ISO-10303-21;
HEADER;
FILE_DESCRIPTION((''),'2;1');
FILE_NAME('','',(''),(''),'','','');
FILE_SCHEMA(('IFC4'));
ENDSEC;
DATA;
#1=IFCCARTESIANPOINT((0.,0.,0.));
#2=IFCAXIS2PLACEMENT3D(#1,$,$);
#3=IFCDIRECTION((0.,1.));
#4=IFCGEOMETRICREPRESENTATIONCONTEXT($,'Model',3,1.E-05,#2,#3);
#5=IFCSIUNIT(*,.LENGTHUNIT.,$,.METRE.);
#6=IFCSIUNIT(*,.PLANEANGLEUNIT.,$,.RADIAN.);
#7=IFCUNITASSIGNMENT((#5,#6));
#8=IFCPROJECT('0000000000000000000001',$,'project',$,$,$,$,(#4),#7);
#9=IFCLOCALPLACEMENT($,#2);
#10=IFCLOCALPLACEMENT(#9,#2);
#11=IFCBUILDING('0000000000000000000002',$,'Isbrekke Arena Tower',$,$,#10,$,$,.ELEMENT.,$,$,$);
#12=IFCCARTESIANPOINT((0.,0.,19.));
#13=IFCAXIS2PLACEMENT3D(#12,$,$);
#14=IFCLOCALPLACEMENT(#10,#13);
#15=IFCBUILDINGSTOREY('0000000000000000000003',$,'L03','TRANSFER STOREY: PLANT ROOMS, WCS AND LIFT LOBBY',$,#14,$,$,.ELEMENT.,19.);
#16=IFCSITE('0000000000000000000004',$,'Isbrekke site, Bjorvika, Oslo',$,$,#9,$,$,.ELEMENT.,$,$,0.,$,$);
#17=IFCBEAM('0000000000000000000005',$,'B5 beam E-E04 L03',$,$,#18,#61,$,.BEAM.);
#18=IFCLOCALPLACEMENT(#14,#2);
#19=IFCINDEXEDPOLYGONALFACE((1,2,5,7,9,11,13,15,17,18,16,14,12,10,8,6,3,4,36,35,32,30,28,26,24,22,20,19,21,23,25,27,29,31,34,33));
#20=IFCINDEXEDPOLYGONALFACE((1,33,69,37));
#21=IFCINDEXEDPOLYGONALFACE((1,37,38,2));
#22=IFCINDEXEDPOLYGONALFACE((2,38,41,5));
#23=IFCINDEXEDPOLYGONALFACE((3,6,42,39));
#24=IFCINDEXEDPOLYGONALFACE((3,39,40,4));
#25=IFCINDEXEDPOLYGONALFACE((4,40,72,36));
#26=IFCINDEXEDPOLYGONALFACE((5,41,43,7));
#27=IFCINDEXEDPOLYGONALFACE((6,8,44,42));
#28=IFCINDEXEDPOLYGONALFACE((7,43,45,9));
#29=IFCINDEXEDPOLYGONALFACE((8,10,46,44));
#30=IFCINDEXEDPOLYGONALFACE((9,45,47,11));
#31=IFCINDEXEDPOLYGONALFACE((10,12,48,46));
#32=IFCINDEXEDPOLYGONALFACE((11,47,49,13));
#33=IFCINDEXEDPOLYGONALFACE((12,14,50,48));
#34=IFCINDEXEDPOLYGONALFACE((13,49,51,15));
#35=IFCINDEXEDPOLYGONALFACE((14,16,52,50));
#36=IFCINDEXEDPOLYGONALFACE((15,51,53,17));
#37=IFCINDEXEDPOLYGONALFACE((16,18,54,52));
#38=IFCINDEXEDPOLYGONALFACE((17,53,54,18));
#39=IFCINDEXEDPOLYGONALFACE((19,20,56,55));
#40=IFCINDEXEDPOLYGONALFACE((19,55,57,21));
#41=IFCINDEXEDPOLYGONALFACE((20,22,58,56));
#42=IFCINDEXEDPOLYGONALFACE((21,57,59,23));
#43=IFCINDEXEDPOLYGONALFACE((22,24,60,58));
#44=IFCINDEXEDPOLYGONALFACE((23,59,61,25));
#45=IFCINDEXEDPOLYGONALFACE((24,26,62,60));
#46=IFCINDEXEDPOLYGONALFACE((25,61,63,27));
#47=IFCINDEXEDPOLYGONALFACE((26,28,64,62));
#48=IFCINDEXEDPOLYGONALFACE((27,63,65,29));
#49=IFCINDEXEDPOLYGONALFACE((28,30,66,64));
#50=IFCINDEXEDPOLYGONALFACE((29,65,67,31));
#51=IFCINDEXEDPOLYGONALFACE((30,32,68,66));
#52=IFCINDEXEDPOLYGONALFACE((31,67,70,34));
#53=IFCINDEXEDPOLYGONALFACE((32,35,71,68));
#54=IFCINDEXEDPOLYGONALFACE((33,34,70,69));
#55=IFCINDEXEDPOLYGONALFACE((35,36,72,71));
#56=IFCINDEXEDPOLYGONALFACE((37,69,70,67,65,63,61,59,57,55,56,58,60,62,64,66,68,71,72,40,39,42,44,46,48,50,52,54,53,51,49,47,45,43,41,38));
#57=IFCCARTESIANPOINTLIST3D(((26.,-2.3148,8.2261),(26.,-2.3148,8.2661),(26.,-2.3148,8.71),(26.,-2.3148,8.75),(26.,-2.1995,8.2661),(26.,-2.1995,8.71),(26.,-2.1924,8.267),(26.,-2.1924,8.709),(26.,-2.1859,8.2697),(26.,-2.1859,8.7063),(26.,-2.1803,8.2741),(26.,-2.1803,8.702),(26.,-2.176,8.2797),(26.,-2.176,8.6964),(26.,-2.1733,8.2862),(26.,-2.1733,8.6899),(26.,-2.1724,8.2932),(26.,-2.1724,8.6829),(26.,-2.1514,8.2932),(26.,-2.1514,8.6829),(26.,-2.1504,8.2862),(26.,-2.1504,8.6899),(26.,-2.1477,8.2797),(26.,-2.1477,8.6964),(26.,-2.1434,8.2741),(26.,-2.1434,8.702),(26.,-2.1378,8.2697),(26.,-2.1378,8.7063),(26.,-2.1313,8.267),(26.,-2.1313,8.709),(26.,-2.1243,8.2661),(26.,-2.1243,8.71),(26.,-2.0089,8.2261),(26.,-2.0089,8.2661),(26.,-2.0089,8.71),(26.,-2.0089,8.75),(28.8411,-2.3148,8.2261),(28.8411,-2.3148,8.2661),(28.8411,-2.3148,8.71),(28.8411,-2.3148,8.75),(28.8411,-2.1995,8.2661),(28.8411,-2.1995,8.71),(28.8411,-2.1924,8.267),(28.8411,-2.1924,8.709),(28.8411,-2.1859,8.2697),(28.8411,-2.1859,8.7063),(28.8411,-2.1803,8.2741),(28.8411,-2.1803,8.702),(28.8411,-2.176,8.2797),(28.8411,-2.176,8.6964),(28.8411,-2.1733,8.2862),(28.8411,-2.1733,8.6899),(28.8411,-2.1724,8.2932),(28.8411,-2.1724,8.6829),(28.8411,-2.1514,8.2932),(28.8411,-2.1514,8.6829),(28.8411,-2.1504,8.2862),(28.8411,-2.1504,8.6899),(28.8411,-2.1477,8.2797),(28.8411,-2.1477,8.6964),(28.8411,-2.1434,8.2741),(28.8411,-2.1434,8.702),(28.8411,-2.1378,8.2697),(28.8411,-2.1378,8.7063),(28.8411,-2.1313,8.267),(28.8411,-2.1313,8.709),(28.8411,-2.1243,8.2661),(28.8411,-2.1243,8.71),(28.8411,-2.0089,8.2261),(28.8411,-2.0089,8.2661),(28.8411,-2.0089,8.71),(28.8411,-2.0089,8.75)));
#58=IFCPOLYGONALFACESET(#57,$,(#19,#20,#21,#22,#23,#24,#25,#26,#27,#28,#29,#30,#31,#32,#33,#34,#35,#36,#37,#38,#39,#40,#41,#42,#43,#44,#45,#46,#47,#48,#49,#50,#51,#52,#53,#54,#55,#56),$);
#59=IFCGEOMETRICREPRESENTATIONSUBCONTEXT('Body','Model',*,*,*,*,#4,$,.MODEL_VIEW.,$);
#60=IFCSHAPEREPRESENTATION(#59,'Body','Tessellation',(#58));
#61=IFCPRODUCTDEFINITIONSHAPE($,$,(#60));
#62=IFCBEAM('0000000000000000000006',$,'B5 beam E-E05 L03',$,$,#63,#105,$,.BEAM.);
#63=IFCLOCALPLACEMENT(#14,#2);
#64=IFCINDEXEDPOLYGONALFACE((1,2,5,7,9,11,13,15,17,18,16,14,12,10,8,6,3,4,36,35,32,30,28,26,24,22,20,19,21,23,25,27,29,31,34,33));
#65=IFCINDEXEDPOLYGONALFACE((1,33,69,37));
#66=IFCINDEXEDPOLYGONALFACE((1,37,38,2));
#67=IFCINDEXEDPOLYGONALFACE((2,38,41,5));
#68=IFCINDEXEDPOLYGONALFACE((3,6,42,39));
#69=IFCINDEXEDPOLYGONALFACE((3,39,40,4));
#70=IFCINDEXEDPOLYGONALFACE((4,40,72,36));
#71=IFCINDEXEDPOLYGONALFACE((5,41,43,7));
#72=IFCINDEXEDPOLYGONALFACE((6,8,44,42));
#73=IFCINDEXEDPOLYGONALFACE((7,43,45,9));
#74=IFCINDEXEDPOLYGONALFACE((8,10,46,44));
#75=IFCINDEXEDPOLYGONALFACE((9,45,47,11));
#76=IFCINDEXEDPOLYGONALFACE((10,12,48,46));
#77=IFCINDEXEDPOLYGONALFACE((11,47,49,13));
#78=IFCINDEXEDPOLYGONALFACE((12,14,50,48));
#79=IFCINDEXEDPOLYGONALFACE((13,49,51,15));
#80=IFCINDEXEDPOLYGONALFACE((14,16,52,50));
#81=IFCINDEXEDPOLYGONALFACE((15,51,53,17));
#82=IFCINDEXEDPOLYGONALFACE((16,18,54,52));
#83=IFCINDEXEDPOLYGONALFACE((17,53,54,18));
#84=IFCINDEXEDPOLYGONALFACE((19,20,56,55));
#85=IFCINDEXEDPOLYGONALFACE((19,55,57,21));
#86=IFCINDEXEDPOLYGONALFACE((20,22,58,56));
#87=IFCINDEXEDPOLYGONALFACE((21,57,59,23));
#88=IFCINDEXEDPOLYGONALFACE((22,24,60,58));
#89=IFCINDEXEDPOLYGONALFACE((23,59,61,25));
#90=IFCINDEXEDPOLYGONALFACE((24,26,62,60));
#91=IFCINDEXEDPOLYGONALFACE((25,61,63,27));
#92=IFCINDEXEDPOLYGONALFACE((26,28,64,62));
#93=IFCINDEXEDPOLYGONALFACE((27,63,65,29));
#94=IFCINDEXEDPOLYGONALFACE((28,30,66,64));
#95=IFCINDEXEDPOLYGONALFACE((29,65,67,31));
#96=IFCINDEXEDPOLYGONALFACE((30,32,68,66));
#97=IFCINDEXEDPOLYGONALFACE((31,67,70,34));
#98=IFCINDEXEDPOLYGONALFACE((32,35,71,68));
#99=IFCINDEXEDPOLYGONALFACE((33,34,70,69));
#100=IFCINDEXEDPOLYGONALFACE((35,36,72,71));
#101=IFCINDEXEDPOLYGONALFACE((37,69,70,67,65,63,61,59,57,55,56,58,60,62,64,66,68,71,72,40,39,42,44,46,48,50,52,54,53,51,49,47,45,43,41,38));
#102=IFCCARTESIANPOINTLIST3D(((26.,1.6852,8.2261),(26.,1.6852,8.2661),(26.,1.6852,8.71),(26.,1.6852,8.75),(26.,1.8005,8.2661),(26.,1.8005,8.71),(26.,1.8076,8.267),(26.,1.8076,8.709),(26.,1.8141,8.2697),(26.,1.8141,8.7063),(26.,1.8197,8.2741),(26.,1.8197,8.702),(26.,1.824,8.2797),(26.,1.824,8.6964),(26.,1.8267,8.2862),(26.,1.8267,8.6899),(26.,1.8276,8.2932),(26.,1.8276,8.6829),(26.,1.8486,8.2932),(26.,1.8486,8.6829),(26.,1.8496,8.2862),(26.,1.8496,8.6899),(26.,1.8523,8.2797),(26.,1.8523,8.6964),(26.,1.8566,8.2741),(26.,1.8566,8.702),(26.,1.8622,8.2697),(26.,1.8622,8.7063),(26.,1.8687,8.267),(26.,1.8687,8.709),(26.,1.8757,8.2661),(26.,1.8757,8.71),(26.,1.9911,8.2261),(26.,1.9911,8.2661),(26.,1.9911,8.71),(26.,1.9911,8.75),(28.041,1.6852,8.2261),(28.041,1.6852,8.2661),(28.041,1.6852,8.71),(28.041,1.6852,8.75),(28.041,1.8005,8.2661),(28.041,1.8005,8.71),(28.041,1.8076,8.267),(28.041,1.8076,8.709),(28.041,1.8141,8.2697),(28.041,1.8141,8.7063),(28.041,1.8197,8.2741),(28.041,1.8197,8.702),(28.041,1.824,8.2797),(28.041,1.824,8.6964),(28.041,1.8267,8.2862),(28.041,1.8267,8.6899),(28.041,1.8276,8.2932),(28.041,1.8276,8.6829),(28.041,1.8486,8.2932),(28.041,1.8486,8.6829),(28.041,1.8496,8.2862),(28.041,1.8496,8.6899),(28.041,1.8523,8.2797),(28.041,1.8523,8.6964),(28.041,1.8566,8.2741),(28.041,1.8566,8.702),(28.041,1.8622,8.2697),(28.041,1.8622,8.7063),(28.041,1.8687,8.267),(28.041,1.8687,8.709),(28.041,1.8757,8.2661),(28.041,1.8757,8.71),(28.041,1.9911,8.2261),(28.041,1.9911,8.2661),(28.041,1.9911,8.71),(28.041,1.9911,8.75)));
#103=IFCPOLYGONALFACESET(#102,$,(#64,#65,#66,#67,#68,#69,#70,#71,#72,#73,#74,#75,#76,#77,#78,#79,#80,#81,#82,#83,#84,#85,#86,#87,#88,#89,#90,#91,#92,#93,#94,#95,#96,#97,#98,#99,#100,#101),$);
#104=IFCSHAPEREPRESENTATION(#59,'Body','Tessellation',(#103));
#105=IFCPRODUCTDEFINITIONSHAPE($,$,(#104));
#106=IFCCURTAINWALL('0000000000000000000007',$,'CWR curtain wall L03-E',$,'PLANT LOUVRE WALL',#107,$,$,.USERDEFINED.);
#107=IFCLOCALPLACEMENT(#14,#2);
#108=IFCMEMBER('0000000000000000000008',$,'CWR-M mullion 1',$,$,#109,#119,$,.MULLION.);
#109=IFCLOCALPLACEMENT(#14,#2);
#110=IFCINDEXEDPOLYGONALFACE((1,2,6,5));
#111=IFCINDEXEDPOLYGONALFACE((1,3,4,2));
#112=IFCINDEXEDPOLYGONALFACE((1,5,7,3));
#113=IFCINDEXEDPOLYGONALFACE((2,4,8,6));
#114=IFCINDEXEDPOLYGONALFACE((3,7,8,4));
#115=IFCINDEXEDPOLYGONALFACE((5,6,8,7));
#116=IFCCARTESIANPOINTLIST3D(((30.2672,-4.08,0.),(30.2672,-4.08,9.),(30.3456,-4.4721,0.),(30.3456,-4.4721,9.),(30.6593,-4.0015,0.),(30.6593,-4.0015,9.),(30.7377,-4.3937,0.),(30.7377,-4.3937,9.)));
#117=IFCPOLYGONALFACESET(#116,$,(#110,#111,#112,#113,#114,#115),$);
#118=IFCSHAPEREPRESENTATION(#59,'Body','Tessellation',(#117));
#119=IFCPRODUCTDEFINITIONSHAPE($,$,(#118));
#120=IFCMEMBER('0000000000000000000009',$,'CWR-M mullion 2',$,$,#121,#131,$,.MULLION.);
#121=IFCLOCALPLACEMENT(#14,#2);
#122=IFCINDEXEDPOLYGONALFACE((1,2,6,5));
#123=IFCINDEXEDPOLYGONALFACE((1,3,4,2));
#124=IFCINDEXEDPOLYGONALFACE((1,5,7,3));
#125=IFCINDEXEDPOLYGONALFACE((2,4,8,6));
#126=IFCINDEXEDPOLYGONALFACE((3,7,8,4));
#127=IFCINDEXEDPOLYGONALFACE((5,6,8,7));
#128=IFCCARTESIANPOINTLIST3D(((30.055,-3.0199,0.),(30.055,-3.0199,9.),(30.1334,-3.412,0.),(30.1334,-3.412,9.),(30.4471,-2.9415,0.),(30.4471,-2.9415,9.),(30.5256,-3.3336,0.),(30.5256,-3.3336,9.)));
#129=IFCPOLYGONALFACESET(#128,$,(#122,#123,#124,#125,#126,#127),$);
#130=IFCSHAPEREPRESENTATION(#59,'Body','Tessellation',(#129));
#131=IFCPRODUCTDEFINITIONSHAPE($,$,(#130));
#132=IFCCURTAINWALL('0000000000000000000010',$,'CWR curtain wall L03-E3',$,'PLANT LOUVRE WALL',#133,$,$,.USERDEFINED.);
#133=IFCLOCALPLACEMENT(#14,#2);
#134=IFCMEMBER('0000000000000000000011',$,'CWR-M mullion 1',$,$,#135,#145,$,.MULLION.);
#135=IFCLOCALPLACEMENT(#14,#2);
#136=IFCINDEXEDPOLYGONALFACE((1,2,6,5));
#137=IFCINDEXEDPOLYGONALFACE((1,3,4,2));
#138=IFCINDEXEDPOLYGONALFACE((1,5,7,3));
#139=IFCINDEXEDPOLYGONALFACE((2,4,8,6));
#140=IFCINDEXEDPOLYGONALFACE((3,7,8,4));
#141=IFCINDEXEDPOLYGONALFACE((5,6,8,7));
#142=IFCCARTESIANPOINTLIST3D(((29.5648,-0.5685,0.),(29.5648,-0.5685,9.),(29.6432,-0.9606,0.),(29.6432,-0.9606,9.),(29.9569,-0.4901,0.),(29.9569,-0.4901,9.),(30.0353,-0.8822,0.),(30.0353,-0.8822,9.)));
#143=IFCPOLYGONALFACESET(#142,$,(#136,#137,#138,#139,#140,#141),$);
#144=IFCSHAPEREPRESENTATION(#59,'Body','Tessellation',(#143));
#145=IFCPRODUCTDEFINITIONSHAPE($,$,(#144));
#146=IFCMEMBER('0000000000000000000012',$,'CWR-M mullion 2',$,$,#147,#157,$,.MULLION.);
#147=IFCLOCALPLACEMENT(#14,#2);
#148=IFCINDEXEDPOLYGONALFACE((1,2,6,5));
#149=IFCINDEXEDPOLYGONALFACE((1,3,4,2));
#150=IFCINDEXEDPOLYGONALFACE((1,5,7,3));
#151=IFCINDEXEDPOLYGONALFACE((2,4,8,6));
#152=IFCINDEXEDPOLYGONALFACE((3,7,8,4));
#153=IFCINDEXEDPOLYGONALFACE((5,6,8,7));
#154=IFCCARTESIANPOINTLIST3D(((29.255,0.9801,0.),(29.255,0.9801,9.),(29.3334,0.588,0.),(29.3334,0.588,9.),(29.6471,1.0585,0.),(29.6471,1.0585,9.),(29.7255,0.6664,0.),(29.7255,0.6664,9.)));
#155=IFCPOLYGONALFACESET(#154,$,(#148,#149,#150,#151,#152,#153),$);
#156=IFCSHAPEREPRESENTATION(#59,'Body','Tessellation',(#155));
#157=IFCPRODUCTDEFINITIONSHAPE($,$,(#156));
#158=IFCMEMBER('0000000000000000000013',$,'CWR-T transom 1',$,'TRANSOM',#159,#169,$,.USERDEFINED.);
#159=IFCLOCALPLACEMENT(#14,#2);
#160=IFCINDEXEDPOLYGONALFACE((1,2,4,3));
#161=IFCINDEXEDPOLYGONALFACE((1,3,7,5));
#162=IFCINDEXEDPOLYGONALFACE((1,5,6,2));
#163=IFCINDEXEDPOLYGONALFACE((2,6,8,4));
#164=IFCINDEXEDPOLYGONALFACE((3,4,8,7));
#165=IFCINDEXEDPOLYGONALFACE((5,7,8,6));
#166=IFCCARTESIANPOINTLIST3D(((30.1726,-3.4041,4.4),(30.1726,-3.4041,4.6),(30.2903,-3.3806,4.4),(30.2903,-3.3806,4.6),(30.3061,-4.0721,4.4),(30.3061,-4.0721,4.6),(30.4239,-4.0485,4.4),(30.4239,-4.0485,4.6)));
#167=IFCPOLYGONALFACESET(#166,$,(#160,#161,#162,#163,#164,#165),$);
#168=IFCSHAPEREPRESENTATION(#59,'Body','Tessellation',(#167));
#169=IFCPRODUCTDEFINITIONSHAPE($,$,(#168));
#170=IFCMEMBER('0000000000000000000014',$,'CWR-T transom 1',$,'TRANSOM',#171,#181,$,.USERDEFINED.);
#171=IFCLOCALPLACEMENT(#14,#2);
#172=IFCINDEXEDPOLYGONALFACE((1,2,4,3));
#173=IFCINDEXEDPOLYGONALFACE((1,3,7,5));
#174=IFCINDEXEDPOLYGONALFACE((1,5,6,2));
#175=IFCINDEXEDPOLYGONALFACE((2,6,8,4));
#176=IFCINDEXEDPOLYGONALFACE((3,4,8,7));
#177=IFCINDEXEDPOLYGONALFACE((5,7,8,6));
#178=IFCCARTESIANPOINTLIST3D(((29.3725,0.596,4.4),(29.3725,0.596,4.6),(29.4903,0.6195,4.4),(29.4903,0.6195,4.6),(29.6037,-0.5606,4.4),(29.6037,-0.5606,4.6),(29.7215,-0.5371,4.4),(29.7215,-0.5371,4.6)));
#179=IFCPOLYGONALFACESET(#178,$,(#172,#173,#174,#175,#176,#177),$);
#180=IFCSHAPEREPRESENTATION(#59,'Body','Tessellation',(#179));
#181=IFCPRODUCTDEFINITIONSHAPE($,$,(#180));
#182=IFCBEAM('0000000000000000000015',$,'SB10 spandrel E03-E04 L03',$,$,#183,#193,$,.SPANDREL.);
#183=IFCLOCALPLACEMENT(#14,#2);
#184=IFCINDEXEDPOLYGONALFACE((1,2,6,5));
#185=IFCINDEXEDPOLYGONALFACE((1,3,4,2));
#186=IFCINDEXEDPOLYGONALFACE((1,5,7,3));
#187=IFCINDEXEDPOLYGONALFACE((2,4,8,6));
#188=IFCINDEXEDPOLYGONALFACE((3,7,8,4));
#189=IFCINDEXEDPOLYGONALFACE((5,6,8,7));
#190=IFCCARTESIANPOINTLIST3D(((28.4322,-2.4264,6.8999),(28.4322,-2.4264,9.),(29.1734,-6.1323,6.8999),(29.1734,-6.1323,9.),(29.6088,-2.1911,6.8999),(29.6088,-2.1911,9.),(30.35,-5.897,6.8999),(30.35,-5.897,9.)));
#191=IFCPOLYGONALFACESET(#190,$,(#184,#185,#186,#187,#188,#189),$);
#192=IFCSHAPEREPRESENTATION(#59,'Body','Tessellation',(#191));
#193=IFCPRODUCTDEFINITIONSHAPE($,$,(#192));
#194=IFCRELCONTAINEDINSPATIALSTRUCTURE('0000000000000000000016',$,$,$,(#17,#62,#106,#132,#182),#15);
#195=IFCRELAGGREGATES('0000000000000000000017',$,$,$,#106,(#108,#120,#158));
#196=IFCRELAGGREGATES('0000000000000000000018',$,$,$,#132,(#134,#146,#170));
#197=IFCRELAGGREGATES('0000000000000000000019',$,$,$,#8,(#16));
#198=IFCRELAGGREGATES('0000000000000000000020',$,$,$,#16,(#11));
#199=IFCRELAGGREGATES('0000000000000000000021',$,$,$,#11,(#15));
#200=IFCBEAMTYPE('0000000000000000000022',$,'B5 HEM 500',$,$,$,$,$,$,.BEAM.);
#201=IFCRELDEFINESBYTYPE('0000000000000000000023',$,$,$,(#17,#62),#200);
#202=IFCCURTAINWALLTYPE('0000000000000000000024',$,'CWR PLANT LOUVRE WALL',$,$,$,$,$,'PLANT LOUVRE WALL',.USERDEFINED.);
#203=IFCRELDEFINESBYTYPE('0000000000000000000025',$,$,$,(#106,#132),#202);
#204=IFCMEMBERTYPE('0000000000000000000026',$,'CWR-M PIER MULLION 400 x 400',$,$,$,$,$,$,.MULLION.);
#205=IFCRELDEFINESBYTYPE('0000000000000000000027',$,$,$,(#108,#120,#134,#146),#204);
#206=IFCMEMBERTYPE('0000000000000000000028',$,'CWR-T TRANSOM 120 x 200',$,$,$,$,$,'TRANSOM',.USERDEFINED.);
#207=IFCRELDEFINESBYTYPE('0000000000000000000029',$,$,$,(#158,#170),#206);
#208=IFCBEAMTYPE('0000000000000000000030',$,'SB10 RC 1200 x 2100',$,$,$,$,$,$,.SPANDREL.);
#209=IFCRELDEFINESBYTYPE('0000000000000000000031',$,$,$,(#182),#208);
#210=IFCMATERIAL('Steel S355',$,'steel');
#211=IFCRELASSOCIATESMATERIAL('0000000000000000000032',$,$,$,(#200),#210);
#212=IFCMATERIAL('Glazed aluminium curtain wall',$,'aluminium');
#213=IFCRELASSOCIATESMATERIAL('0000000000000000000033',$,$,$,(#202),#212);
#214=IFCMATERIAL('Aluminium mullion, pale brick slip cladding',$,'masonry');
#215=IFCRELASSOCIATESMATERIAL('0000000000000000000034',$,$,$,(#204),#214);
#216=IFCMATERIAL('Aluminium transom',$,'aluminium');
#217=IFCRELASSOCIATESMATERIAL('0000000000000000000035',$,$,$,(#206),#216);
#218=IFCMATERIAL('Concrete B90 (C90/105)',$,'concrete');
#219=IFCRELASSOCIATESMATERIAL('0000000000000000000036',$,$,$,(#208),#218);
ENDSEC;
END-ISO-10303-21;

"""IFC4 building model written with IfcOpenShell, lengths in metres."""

from ifc_helpers import new_model, si_unit, direction, frame, origin, origin_2d, place, context, subcontext, project, spatial, rectangle, i_section, extrude, material, material_profile, profile_set, type_object, element, aggregate, save


model = new_model("IFC4")

# Units and contexts
model_context = context("Model", 3, precision=1e-05, world=origin(), true_north=direction((0.0, 1.0)))
body_context = subcontext(model_context, "Body", "Model", "MODEL_VIEW")
ifc_project = project(units=[si_unit("LENGTHUNIT", "METRE"), si_unit("PLANEANGLEUNIT", "RADIAN")], contexts=[model_context])

# Site, building, storey
site_placement = place(None, origin())
site = spatial("IfcSite", under=ifc_project, at=site_placement, Name="Isbrekke site, Bjorvika, Oslo", CompositionType="ELEMENT", RefElevation=0.0)
building_placement = place(site_placement, origin())
building = spatial("IfcBuilding", under=site, at=building_placement, Name="Isbrekke Arena Tower", CompositionType="ELEMENT")
storey_placement = place(building_placement, frame((0.0, 0.0, 19.0)))
storey = spatial("IfcBuildingStorey", under=building, at=storey_placement, Name="L03", Description="TRANSFER STOREY: PLANT ROOMS, WCS AND LIFT LOBBY", CompositionType="ELEMENT", Elevation=19.0)

# Beams
ifc_material_1 = material(Name="Steel S355", Category="steel")
ifc_material_profile_1 = material_profile(ifc_material_1, i_section(OverallWidth=0.3059, OverallDepth=0.5239, WebThickness=0.021, FlangeThickness=0.04, FilletRadius=0.0271, at=origin_2d()), Name="HEM 500")
ifc_profile_set_1 = profile_set([ifc_material_profile_1], Name="Steel S355")
beam_type_1 = type_object("IfcBeamType", Name="B5 HEM 500", PredefinedType="BEAM", material=ifc_profile_set_1)
beam_1_placement = place(storey_placement, frame((28.8411, -2.1619, 8.488), z_axis=(-1.0, 0.0, 0.0), x_axis=(0.0, -1.0, 0.0)))
element("IfcBeam", 1, at=beam_1_placement, inside=storey, type_object=beam_type_1, Name="B5 beam E-E04 L03", PredefinedType="BEAM", context=body_context, shape_type="SweptSolid", body=[
    extrude(i_section(OverallWidth=0.3059, OverallDepth=0.5239, WebThickness=0.021, FlangeThickness=0.04, FilletRadius=0.0271, at=origin_2d()), origin(), (0.0, 0.0, 1.0), 2.8411),
])
beam_2_placement = place(storey_placement, frame((28.041, 1.8381, 8.488), z_axis=(-1.0, 0.0, 0.0), x_axis=(0.0, -1.0, 0.0)))
element("IfcBeam", 2, at=beam_2_placement, inside=storey, type_object=beam_type_1, Name="B5 beam E-E05 L03", PredefinedType="BEAM", context=body_context, shape_type="SweptSolid", body=[
    extrude(i_section(OverallWidth=0.3059, OverallDepth=0.5239, WebThickness=0.021, FlangeThickness=0.04, FilletRadius=0.0271, at=origin_2d()), origin(), (0.0, 0.0, 1.0), 2.041),
])

# Curtain walls, members
ifc_material_2 = material(Name="Glazed aluminium curtain wall", Category="aluminium")
curtain_wall_type = type_object("IfcCurtainWallType", Name="CWR PLANT LOUVRE WALL", ElementType="PLANT LOUVRE WALL", PredefinedType="USERDEFINED", material=ifc_material_2)
curtain_wall_1_placement = place(storey_placement, origin())
curtain_wall_1 = element("IfcCurtainWall", 3, at=curtain_wall_1_placement, inside=storey, type_object=curtain_wall_type, Name="CWR curtain wall L03-E", ObjectType="PLANT LOUVRE WALL", PredefinedType="USERDEFINED")
ifc_material_3 = material(Name="Aluminium mullion, pale brick slip cladding", Category="masonry")
ifc_material_profile_2 = material_profile(ifc_material_3, rectangle(XDim=0.3999, YDim=0.3999, at=origin_2d()), Name="PIER 400X400")
ifc_profile_set_2 = profile_set([ifc_material_profile_2], Name="Aluminium mullion, pale brick slip cladding")
member_type_1 = type_object("IfcMemberType", Name="CWR-M PIER MULLION 400 x 400", PredefinedType="MULLION", material=ifc_profile_set_2)
member_1_placement = place(storey_placement, frame((30.5024, -4.2368, 0.0), z_axis=(0.0, 0.0, 1.0), x_axis=(-0.196116, 0.980581, 0.0)))
member_1 = element("IfcMember", 4, at=member_1_placement, type_object=member_type_1, Name="CWR-M mullion 1", PredefinedType="MULLION", context=body_context, shape_type="SweptSolid", body=[
    extrude(rectangle(XDim=0.3999, YDim=0.3999, at=origin_2d()), origin(), (0.0, 0.0, 1.0), 9.0),
])
member_2_placement = place(storey_placement, frame((30.2903, -3.1768, 0.0), z_axis=(0.0, 0.0, 1.0), x_axis=(-0.196116, 0.980581, 0.0)))
member_2 = element("IfcMember", 5, at=member_2_placement, type_object=member_type_1, Name="CWR-M mullion 2", PredefinedType="MULLION", context=body_context, shape_type="SweptSolid", body=[
    extrude(rectangle(XDim=0.3999, YDim=0.3999, at=origin_2d()), origin(), (0.0, 0.0, 1.0), 9.0),
])
curtain_wall_2_placement = place(storey_placement, origin())
curtain_wall_2 = element("IfcCurtainWall", 6, at=curtain_wall_2_placement, inside=storey, type_object=curtain_wall_type, Name="CWR curtain wall L03-E3", ObjectType="PLANT LOUVRE WALL", PredefinedType="USERDEFINED")
member_3_placement = place(storey_placement, frame((29.8, -0.7253, 0.0), z_axis=(0.0, 0.0, 1.0), x_axis=(-0.196116, 0.980581, 0.0)))
member_3 = element("IfcMember", 7, at=member_3_placement, type_object=member_type_1, Name="CWR-M mullion 1", PredefinedType="MULLION", context=body_context, shape_type="SweptSolid", body=[
    extrude(rectangle(XDim=0.3999, YDim=0.3999, at=origin_2d()), origin(), (0.0, 0.0, 1.0), 9.0),
])
member_4_placement = place(storey_placement, frame((29.4902, 0.8232, 0.0), z_axis=(0.0, 0.0, 1.0), x_axis=(-0.196116, 0.980581, 0.0)))
member_4 = element("IfcMember", 8, at=member_4_placement, type_object=member_type_1, Name="CWR-M mullion 2", PredefinedType="MULLION", context=body_context, shape_type="SweptSolid", body=[
    extrude(rectangle(XDim=0.3999, YDim=0.3999, at=origin_2d()), origin(), (0.0, 0.0, 1.0), 9.0),
])

# Members
ifc_material_4 = material(Name="Aluminium transom", Category="aluminium")
ifc_material_profile_3 = material_profile(ifc_material_4, rectangle(XDim=0.1201, YDim=0.2, at=origin_2d()), Name="TRANSOM 120X200")
ifc_profile_set_3 = profile_set([ifc_material_profile_3], Name="Aluminium transom")
member_type_2 = type_object("IfcMemberType", Name="CWR-T TRANSOM 120 x 200", ElementType="TRANSOM", PredefinedType="USERDEFINED", material=ifc_profile_set_3)
member_5_placement = place(storey_placement, frame((30.365, -4.0603, 4.5), z_axis=(-0.196047, 0.980594, 0.0), x_axis=(-0.980594, -0.196047, 0.0)))
member_5 = element("IfcMember", 9, at=member_5_placement, type_object=member_type_2, Name="CWR-T transom 1", ObjectType="TRANSOM", PredefinedType="USERDEFINED", context=body_context, shape_type="SweptSolid", body=[
    extrude(rectangle(XDim=0.1201, YDim=0.2, at=origin_2d()), origin(), (0.0, 0.0, 1.0), 0.6812),
])
member_6_placement = place(storey_placement, frame((29.6626, -0.5488, 4.5), z_axis=(-0.196037, 0.980597, 0.0), x_axis=(-0.980597, -0.196037, 0.0)))
member_6 = element("IfcMember", 10, at=member_6_placement, type_object=member_type_2, Name="CWR-T transom 1", ObjectType="TRANSOM", PredefinedType="USERDEFINED", context=body_context, shape_type="SweptSolid", body=[
    extrude(rectangle(XDim=0.1201, YDim=0.2, at=origin_2d()), origin(), (0.0, 0.0, 1.0), 1.1794),
])

# Beam
ifc_material_5 = material(Name="Concrete B90 (C90/105)", Category="concrete")
ifc_material_profile_4 = material_profile(ifc_material_5, rectangle(XDim=1.2, YDim=2.1001, at=origin_2d()), Name="RC 1200x2100")
ifc_profile_set_4 = profile_set([ifc_material_profile_4], Name="Concrete B90 (C90/105)")
beam_type_2 = type_object("IfcBeamType", Name="SB10 RC 1200 x 2100", PredefinedType="SPANDREL", material=ifc_profile_set_4)
beam_3_placement = place(storey_placement, frame((29.7617, -6.0146, 7.95), z_axis=(-0.196129, 0.980578, 0.0), x_axis=(-0.980578, -0.196129, 0.0)))
element("IfcBeam", 11, at=beam_3_placement, inside=storey, type_object=beam_type_2, Name="SB10 spandrel E03-E04 L03", PredefinedType="SPANDREL", context=body_context, shape_type="SweptSolid", body=[
    extrude(rectangle(XDim=1.2, YDim=2.1001, at=origin_2d()), origin(), (0.0, 0.0, 1.0), 3.7793),
])

aggregate(curtain_wall_1, [member_1, member_2, member_5])
aggregate(curtain_wall_2, [member_3, member_4, member_6])

save(model, "model.ifc")
